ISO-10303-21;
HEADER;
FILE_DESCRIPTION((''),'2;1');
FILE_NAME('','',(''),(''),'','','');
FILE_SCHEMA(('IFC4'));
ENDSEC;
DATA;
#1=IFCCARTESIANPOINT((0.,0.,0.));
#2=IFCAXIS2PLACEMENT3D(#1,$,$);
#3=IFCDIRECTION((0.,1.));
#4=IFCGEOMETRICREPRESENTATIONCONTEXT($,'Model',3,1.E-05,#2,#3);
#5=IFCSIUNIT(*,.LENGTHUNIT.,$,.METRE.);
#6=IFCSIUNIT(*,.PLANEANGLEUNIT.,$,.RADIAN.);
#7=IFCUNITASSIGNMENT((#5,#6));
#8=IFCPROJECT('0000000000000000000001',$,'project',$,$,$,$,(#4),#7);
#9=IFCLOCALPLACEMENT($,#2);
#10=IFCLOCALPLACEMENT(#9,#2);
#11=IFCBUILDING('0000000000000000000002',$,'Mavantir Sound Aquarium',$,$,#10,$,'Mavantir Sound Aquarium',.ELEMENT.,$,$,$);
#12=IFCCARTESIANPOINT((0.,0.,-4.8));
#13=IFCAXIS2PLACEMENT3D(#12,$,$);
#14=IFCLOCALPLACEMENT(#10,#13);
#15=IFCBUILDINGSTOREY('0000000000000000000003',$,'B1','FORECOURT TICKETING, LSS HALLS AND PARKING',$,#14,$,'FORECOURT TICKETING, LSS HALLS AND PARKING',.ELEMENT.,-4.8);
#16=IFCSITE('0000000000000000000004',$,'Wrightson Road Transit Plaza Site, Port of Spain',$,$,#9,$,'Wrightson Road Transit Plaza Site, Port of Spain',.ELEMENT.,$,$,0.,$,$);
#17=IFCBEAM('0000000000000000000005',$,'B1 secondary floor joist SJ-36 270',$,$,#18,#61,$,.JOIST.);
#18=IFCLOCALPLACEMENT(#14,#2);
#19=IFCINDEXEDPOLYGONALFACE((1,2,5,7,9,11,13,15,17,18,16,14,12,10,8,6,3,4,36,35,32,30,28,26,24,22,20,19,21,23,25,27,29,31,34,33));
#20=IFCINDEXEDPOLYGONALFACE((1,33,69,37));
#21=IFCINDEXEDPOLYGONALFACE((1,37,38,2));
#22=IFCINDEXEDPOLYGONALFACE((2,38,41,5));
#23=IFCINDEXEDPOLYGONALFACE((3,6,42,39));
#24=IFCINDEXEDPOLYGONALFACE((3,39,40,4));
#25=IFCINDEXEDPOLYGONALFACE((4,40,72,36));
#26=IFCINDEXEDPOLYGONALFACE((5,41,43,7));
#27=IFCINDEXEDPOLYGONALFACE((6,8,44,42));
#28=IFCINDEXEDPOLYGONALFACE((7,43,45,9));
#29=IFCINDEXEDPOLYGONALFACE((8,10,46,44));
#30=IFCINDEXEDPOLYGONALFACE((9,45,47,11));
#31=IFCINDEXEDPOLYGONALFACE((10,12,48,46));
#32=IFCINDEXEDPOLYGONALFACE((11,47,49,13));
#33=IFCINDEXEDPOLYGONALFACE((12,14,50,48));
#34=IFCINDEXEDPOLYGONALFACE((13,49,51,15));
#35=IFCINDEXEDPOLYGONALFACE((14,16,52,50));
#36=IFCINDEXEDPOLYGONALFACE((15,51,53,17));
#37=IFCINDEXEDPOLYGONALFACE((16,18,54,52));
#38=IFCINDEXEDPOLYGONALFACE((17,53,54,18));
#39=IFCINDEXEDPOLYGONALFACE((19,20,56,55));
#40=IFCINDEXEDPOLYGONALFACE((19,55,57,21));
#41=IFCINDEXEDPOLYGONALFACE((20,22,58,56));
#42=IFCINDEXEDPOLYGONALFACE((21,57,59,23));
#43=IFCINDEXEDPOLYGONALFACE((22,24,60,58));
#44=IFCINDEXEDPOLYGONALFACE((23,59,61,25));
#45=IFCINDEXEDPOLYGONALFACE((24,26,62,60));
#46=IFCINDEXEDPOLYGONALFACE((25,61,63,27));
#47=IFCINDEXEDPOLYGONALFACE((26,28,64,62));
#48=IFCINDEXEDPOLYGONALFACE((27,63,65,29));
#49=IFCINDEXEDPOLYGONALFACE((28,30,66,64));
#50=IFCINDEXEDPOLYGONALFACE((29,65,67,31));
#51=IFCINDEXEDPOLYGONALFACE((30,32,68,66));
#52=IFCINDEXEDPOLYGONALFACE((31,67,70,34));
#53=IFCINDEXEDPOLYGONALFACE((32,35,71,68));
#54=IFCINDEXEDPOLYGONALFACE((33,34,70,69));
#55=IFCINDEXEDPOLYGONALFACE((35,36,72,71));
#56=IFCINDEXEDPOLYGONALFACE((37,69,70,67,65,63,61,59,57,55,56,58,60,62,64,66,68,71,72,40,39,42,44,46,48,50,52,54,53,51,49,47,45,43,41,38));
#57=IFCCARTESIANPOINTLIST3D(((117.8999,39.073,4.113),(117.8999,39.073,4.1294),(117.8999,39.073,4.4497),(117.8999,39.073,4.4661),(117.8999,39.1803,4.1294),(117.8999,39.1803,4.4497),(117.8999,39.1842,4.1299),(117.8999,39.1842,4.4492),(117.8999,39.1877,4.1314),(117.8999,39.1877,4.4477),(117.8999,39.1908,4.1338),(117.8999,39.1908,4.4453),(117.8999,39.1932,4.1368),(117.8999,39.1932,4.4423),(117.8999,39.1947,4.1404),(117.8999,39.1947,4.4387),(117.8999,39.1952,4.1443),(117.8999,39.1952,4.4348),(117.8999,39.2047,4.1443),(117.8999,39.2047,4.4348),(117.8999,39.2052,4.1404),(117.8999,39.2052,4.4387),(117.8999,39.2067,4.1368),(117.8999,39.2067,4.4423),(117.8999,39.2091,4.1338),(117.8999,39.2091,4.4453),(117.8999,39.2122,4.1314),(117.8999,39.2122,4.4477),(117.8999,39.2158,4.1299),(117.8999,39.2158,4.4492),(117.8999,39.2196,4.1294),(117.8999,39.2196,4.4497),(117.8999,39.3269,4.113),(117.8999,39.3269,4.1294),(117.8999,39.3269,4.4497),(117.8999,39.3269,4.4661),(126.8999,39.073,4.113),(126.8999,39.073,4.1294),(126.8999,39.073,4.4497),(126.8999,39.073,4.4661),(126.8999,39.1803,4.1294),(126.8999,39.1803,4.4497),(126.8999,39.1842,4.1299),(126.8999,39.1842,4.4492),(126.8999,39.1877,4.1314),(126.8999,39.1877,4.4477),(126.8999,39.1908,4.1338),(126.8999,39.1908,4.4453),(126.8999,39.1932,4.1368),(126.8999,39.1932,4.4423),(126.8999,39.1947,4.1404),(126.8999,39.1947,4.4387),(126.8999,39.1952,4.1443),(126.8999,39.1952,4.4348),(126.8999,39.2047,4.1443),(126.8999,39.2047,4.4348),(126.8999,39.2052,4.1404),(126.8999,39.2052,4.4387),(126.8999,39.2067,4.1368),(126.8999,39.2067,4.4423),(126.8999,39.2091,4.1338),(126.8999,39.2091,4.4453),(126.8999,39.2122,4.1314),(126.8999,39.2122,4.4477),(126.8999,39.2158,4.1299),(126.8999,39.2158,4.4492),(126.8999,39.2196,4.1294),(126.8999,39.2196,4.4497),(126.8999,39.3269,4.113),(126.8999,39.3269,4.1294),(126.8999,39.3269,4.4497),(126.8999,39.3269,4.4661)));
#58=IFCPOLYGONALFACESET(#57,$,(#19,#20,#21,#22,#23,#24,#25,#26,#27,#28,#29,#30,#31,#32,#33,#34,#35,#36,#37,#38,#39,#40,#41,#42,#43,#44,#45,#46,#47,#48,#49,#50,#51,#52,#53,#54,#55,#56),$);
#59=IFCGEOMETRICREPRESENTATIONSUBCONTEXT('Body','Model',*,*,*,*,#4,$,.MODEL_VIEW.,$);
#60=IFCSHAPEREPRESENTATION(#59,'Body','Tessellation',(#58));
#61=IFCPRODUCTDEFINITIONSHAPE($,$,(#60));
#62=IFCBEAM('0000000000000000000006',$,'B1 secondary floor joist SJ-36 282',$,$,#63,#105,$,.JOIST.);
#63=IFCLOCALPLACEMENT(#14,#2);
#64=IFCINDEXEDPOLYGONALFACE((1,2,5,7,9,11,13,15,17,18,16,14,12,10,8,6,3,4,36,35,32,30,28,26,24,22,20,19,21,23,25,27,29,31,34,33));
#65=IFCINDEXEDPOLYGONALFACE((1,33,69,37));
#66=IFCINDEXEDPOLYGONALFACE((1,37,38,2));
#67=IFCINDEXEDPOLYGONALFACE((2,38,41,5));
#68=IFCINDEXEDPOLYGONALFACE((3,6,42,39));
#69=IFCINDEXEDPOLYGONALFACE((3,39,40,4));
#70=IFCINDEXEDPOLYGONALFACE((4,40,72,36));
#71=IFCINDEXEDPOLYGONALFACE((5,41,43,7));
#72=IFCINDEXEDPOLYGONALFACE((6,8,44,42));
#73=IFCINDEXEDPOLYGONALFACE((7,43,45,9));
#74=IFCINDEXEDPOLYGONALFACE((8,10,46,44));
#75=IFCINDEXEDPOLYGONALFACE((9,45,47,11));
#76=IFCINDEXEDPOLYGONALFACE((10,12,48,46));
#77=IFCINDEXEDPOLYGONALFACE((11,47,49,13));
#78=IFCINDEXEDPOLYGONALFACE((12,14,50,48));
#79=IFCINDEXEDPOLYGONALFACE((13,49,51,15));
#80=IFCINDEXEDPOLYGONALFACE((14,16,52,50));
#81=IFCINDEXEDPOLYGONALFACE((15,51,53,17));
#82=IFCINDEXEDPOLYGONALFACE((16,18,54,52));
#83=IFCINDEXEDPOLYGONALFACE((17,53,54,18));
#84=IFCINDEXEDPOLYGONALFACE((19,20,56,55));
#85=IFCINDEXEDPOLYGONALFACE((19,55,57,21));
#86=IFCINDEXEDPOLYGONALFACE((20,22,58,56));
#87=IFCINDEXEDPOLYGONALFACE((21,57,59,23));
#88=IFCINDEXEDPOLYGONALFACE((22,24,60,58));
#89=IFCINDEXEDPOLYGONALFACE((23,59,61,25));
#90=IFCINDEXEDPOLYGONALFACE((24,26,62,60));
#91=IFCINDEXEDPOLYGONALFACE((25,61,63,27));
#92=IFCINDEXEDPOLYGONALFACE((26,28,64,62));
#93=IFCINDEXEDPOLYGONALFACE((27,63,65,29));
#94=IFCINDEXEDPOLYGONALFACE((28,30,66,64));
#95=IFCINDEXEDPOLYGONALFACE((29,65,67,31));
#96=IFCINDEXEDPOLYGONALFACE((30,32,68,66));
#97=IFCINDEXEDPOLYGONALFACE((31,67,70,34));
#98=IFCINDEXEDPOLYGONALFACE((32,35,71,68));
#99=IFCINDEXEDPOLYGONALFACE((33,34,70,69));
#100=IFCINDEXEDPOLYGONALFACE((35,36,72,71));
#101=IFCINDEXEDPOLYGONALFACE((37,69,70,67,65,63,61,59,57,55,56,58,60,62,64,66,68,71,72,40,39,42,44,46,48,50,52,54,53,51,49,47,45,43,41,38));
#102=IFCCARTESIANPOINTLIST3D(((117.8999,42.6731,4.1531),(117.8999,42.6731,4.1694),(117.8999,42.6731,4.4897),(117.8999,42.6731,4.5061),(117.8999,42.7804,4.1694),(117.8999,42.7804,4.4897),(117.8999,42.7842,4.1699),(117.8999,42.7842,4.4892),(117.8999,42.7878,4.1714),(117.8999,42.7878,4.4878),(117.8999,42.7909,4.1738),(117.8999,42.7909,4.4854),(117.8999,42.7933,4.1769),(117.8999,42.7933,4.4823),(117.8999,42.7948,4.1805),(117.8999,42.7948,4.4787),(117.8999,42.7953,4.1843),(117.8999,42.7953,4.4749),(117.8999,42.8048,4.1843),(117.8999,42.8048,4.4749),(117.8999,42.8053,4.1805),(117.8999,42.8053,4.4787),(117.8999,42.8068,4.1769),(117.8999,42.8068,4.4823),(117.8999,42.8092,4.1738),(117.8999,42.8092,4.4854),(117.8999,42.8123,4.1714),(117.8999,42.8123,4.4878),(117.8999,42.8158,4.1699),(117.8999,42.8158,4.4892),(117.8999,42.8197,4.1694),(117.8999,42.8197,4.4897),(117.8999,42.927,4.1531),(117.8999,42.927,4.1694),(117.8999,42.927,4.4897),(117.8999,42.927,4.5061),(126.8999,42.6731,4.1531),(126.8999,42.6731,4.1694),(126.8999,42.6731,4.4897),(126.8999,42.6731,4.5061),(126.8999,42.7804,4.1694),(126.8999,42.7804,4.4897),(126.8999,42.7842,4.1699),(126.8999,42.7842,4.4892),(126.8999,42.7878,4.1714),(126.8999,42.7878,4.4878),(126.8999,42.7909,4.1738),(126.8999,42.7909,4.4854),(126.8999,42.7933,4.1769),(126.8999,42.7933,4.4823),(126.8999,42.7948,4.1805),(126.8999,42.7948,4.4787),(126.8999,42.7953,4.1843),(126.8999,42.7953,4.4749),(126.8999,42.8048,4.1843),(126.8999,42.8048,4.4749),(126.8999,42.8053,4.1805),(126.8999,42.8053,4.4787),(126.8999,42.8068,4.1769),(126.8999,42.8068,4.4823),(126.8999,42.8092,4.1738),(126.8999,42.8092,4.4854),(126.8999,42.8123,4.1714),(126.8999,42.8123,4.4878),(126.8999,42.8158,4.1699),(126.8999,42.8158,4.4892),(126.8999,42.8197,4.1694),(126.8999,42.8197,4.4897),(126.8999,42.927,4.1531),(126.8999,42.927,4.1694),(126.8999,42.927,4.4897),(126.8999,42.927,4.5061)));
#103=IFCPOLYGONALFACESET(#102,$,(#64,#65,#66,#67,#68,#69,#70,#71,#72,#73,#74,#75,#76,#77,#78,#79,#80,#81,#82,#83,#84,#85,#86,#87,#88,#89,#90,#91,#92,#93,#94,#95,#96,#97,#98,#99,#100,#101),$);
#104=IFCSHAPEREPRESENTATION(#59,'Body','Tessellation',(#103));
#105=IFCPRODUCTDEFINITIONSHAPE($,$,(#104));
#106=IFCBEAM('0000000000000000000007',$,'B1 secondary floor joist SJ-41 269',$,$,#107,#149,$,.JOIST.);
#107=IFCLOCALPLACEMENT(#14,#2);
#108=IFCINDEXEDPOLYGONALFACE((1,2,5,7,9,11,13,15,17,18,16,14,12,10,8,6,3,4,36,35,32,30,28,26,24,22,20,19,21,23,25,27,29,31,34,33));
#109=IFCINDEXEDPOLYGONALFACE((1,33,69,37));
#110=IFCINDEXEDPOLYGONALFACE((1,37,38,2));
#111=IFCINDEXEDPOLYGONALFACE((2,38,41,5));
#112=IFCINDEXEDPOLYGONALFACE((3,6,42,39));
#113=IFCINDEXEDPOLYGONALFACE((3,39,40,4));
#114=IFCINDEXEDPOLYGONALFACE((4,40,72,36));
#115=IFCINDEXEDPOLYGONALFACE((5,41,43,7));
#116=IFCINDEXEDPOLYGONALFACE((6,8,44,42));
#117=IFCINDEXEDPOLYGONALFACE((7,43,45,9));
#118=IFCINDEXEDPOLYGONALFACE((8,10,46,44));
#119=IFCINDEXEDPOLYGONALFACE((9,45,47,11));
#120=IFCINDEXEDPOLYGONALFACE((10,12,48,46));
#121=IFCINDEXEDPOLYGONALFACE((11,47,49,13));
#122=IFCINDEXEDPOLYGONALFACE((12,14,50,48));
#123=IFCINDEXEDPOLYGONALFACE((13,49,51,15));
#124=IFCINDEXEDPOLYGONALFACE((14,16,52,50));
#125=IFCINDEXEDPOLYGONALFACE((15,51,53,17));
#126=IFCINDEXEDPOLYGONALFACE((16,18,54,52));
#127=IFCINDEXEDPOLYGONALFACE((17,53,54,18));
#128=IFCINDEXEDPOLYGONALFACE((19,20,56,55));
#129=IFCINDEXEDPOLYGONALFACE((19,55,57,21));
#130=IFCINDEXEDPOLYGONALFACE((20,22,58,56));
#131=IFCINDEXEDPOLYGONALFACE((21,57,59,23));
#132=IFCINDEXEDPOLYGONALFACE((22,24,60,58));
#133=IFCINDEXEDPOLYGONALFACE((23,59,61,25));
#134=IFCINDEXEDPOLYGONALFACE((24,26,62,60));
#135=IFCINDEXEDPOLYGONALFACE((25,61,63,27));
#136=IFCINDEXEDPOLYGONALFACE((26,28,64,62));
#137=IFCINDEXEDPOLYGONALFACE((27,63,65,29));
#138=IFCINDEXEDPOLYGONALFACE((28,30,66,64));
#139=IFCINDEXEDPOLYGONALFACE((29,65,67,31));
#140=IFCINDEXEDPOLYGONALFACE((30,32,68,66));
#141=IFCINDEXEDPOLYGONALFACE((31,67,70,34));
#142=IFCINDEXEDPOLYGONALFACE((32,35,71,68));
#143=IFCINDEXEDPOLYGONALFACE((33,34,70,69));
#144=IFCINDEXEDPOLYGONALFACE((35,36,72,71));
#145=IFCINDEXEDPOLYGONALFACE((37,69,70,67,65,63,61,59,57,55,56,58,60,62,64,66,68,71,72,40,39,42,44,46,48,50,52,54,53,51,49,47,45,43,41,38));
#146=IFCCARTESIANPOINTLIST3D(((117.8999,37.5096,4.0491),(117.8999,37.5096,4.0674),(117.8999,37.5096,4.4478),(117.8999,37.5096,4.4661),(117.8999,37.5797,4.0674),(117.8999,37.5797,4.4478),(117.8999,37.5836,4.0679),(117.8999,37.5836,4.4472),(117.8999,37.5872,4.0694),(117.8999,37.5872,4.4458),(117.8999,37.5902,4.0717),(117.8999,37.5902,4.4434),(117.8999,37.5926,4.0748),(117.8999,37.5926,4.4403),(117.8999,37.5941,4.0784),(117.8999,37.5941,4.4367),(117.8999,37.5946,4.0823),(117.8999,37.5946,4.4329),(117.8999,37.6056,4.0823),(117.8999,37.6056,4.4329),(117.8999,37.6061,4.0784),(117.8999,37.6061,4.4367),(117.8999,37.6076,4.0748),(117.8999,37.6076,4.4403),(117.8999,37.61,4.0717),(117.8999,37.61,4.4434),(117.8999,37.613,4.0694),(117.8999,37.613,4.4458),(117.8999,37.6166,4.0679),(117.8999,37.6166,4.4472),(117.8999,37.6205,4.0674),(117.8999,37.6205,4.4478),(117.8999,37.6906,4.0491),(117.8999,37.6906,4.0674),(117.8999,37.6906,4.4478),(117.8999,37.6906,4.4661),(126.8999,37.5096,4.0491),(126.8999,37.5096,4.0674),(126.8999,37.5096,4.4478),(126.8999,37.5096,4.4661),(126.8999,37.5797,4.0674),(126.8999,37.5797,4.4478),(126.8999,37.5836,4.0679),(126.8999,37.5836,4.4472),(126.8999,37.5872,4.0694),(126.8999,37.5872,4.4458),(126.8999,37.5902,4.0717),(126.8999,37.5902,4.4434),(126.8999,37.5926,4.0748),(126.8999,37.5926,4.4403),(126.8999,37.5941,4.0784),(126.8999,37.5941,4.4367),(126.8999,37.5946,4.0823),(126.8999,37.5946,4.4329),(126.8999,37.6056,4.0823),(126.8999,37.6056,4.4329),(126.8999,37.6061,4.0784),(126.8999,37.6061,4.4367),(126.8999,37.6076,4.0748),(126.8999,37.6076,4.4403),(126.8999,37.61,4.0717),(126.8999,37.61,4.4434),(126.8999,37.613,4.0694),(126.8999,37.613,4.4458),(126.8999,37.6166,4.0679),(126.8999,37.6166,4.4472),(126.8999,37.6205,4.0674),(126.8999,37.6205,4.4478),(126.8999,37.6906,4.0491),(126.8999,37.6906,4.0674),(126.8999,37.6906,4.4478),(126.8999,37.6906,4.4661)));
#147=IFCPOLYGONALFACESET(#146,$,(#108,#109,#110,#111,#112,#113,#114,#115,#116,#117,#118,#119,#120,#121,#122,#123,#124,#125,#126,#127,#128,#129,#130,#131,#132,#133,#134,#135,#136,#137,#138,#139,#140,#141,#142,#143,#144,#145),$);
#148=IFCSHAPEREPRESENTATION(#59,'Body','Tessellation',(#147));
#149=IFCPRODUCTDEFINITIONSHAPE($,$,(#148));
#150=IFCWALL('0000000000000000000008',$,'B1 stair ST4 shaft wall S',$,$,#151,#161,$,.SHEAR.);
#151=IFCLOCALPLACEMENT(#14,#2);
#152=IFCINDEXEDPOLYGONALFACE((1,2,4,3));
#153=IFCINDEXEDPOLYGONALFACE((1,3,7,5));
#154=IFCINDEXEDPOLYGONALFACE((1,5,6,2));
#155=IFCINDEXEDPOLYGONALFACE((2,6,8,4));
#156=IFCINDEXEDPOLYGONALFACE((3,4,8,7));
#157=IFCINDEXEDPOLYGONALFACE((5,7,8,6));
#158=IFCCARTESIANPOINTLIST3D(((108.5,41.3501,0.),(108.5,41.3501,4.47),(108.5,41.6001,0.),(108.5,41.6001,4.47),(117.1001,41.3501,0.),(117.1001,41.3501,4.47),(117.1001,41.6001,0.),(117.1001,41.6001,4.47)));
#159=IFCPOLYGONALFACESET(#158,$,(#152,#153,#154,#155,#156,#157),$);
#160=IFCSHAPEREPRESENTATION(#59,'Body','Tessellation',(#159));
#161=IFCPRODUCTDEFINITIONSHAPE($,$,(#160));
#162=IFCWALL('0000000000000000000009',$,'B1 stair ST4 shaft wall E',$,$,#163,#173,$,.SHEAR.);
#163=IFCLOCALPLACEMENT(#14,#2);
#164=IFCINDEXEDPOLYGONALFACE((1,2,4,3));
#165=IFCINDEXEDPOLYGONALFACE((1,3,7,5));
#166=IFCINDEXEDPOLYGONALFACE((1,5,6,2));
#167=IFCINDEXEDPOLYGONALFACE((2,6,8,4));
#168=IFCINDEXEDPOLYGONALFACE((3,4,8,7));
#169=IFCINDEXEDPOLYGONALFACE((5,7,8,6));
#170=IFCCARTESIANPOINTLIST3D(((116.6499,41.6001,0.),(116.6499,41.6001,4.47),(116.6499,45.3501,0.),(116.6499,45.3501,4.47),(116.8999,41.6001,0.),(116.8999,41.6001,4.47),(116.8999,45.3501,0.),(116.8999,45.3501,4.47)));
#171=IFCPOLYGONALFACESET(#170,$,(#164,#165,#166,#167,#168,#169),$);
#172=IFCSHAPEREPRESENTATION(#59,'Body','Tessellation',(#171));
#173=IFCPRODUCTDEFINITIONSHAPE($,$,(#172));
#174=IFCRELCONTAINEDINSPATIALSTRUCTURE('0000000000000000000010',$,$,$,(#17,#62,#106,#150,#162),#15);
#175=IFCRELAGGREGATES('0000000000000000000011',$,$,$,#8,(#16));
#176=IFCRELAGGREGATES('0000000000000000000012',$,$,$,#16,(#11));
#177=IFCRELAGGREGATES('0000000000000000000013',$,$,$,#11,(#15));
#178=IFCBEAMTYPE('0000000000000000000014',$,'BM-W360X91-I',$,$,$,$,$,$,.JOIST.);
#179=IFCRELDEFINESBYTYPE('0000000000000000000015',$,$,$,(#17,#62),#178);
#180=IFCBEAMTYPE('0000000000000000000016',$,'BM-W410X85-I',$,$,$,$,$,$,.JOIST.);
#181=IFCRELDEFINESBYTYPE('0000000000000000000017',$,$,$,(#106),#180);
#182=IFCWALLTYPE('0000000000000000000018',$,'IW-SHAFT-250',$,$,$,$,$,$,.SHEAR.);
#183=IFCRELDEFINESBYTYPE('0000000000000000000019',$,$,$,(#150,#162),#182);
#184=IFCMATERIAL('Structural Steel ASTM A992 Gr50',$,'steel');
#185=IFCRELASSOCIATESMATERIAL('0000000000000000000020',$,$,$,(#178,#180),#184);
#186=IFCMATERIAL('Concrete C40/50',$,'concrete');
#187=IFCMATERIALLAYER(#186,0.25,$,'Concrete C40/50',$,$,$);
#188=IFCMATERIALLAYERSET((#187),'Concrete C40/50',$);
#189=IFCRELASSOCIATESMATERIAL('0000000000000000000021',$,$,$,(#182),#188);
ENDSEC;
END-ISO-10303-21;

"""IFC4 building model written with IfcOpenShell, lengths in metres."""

from ifc_helpers import new_model, si_unit, direction, frame, frame_2d, origin, origin_2d, place, context, subcontext, project, spatial, rectangle, i_section, extrude, material, layer, layer_set, material_profile, profile_set, type_object, element, save


model = new_model("IFC4")

# Units and contexts
model_context = context("Model", 3, precision=1e-05, world=origin(), true_north=direction((0.0, 1.0)))
body_context = subcontext(model_context, "Body", "Model", "MODEL_VIEW")
ifc_project = project(units=[si_unit("LENGTHUNIT", "METRE"), si_unit("PLANEANGLEUNIT", "RADIAN")], contexts=[model_context])

# Site, building, storey
site_placement = place(None, origin())
site = spatial("IfcSite", under=ifc_project, at=site_placement, Name="Wrightson Road Transit Plaza Site, Port of Spain", LongName="Wrightson Road Transit Plaza Site, Port of Spain", CompositionType="ELEMENT", RefElevation=0.0)
building_placement = place(site_placement, origin())
building = spatial("IfcBuilding", under=site, at=building_placement, Name="Mavantir Sound Aquarium", LongName="Mavantir Sound Aquarium", CompositionType="ELEMENT")
storey_placement = place(building_placement, frame((0.0, 0.0, -4.8)))
storey = spatial("IfcBuildingStorey", under=building, at=storey_placement, Name="B1", Description="FORECOURT TICKETING, LSS HALLS AND PARKING", LongName="FORECOURT TICKETING, LSS HALLS AND PARKING", CompositionType="ELEMENT", Elevation=-4.8)

# Shared definitions
ifc_material_1 = material(Name="Concrete C40/50", Category="concrete")

# Beams
ifc_material_2 = material(Name="Structural Steel ASTM A992 Gr50", Category="steel")
ifc_material_profile_1 = material_profile(ifc_material_2, i_section(OverallWidth=0.2539, OverallDepth=0.353, WebThickness=0.0095, FlangeThickness=0.0164, FilletRadius=0.0149, at=origin_2d()), Name="W360X91")
ifc_profile_set_1 = profile_set([ifc_material_profile_1], Name="Structural Steel ASTM A992 Gr50")
beam_type_1 = type_object("IfcBeamType", Name="BM-W360X91-I", PredefinedType="JOIST", material=ifc_profile_set_1)
for number, where, z_axis, x_axis, name in (
    (1, (117.8999, 39.2, 4.2896), (1.0, 0.0, 0.0), (0.0, 1.0, 0.0), "B1 secondary floor joist SJ-36 270"),
    (2, (117.8999, 42.8, 4.3296), (1.0, 0.0, 0.0), (0.0, 1.0, 0.0), "B1 secondary floor joist SJ-36 282"),
):
    element("IfcBeam", number, at=place(storey_placement, frame(where, z_axis=z_axis, x_axis=x_axis)), inside=storey, type_object=beam_type_1, Name=name, PredefinedType="JOIST", context=body_context, shape_type="SweptSolid", body=[
        extrude(i_section(OverallWidth=0.2539, OverallDepth=0.353, WebThickness=0.0095, FlangeThickness=0.0164, FilletRadius=0.0149, at=origin_2d()), origin(), (0.0, 0.0, 1.0), 9.0),
    ])
ifc_material_profile_2 = material_profile(ifc_material_2, i_section(OverallWidth=0.1809, OverallDepth=0.417, WebThickness=0.011, FlangeThickness=0.0183, FilletRadius=0.0149, at=origin_2d()), Name="W410X85")
ifc_profile_set_2 = profile_set([ifc_material_profile_2], Name="Structural Steel ASTM A992 Gr50")
beam_type_2 = type_object("IfcBeamType", Name="BM-W410X85-I", PredefinedType="JOIST", material=ifc_profile_set_2)
beam_1_placement = place(storey_placement, frame((117.8999, 37.6001, 4.2576), z_axis=(1.0, 0.0, 0.0), x_axis=(0.0, 1.0, 0.0)))
element("IfcBeam", 3, at=beam_1_placement, inside=storey, type_object=beam_type_2, Name="B1 secondary floor joist SJ-41 269", PredefinedType="JOIST", context=body_context, shape_type="SweptSolid", body=[
    extrude(i_section(OverallWidth=0.1809, OverallDepth=0.417, WebThickness=0.011, FlangeThickness=0.0183, FilletRadius=0.0149, at=origin_2d()), origin(), (0.0, 0.0, 1.0), 9.0),
])

# Walls
ifc_layer = layer(ifc_material_1, 0.25, Name="Concrete C40/50")
ifc_layer_set = layer_set([ifc_layer], Name="Concrete C40/50")
wall_type = type_object("IfcWallType", Name="IW-SHAFT-250", PredefinedType="SHEAR", material=ifc_layer_set)
wall_1_placement = place(storey_placement, frame((108.5, 41.4751, 0.0), z_axis=(0.0, 0.0, 1.0), x_axis=(1.0, 0.0, 0.0)))
element("IfcWall", 4, at=wall_1_placement, inside=storey, type_object=wall_type, Name="B1 stair ST4 shaft wall S", PredefinedType="SHEAR", context=body_context, shape_type="SweptSolid", body=[
    extrude(rectangle(XDim=8.6001, YDim=0.25, at=frame_2d((4.3, 0.0))), origin(), (0.0, 0.0, 1.0), 4.47),
])
wall_2_placement = place(storey_placement, frame((116.7749, 41.6001, 0.0), z_axis=(0.0, 0.0, 1.0), x_axis=(0.0, 1.0, 0.0)))
element("IfcWall", 5, at=wall_2_placement, inside=storey, type_object=wall_type, Name="B1 stair ST4 shaft wall E", PredefinedType="SHEAR", context=body_context, shape_type="SweptSolid", body=[
    extrude(rectangle(XDim=3.75, YDim=0.25, at=frame_2d((1.875, 0.0))), origin(), (0.0, 0.0, 1.0), 4.47),
])

save(model, "model.ifc")
